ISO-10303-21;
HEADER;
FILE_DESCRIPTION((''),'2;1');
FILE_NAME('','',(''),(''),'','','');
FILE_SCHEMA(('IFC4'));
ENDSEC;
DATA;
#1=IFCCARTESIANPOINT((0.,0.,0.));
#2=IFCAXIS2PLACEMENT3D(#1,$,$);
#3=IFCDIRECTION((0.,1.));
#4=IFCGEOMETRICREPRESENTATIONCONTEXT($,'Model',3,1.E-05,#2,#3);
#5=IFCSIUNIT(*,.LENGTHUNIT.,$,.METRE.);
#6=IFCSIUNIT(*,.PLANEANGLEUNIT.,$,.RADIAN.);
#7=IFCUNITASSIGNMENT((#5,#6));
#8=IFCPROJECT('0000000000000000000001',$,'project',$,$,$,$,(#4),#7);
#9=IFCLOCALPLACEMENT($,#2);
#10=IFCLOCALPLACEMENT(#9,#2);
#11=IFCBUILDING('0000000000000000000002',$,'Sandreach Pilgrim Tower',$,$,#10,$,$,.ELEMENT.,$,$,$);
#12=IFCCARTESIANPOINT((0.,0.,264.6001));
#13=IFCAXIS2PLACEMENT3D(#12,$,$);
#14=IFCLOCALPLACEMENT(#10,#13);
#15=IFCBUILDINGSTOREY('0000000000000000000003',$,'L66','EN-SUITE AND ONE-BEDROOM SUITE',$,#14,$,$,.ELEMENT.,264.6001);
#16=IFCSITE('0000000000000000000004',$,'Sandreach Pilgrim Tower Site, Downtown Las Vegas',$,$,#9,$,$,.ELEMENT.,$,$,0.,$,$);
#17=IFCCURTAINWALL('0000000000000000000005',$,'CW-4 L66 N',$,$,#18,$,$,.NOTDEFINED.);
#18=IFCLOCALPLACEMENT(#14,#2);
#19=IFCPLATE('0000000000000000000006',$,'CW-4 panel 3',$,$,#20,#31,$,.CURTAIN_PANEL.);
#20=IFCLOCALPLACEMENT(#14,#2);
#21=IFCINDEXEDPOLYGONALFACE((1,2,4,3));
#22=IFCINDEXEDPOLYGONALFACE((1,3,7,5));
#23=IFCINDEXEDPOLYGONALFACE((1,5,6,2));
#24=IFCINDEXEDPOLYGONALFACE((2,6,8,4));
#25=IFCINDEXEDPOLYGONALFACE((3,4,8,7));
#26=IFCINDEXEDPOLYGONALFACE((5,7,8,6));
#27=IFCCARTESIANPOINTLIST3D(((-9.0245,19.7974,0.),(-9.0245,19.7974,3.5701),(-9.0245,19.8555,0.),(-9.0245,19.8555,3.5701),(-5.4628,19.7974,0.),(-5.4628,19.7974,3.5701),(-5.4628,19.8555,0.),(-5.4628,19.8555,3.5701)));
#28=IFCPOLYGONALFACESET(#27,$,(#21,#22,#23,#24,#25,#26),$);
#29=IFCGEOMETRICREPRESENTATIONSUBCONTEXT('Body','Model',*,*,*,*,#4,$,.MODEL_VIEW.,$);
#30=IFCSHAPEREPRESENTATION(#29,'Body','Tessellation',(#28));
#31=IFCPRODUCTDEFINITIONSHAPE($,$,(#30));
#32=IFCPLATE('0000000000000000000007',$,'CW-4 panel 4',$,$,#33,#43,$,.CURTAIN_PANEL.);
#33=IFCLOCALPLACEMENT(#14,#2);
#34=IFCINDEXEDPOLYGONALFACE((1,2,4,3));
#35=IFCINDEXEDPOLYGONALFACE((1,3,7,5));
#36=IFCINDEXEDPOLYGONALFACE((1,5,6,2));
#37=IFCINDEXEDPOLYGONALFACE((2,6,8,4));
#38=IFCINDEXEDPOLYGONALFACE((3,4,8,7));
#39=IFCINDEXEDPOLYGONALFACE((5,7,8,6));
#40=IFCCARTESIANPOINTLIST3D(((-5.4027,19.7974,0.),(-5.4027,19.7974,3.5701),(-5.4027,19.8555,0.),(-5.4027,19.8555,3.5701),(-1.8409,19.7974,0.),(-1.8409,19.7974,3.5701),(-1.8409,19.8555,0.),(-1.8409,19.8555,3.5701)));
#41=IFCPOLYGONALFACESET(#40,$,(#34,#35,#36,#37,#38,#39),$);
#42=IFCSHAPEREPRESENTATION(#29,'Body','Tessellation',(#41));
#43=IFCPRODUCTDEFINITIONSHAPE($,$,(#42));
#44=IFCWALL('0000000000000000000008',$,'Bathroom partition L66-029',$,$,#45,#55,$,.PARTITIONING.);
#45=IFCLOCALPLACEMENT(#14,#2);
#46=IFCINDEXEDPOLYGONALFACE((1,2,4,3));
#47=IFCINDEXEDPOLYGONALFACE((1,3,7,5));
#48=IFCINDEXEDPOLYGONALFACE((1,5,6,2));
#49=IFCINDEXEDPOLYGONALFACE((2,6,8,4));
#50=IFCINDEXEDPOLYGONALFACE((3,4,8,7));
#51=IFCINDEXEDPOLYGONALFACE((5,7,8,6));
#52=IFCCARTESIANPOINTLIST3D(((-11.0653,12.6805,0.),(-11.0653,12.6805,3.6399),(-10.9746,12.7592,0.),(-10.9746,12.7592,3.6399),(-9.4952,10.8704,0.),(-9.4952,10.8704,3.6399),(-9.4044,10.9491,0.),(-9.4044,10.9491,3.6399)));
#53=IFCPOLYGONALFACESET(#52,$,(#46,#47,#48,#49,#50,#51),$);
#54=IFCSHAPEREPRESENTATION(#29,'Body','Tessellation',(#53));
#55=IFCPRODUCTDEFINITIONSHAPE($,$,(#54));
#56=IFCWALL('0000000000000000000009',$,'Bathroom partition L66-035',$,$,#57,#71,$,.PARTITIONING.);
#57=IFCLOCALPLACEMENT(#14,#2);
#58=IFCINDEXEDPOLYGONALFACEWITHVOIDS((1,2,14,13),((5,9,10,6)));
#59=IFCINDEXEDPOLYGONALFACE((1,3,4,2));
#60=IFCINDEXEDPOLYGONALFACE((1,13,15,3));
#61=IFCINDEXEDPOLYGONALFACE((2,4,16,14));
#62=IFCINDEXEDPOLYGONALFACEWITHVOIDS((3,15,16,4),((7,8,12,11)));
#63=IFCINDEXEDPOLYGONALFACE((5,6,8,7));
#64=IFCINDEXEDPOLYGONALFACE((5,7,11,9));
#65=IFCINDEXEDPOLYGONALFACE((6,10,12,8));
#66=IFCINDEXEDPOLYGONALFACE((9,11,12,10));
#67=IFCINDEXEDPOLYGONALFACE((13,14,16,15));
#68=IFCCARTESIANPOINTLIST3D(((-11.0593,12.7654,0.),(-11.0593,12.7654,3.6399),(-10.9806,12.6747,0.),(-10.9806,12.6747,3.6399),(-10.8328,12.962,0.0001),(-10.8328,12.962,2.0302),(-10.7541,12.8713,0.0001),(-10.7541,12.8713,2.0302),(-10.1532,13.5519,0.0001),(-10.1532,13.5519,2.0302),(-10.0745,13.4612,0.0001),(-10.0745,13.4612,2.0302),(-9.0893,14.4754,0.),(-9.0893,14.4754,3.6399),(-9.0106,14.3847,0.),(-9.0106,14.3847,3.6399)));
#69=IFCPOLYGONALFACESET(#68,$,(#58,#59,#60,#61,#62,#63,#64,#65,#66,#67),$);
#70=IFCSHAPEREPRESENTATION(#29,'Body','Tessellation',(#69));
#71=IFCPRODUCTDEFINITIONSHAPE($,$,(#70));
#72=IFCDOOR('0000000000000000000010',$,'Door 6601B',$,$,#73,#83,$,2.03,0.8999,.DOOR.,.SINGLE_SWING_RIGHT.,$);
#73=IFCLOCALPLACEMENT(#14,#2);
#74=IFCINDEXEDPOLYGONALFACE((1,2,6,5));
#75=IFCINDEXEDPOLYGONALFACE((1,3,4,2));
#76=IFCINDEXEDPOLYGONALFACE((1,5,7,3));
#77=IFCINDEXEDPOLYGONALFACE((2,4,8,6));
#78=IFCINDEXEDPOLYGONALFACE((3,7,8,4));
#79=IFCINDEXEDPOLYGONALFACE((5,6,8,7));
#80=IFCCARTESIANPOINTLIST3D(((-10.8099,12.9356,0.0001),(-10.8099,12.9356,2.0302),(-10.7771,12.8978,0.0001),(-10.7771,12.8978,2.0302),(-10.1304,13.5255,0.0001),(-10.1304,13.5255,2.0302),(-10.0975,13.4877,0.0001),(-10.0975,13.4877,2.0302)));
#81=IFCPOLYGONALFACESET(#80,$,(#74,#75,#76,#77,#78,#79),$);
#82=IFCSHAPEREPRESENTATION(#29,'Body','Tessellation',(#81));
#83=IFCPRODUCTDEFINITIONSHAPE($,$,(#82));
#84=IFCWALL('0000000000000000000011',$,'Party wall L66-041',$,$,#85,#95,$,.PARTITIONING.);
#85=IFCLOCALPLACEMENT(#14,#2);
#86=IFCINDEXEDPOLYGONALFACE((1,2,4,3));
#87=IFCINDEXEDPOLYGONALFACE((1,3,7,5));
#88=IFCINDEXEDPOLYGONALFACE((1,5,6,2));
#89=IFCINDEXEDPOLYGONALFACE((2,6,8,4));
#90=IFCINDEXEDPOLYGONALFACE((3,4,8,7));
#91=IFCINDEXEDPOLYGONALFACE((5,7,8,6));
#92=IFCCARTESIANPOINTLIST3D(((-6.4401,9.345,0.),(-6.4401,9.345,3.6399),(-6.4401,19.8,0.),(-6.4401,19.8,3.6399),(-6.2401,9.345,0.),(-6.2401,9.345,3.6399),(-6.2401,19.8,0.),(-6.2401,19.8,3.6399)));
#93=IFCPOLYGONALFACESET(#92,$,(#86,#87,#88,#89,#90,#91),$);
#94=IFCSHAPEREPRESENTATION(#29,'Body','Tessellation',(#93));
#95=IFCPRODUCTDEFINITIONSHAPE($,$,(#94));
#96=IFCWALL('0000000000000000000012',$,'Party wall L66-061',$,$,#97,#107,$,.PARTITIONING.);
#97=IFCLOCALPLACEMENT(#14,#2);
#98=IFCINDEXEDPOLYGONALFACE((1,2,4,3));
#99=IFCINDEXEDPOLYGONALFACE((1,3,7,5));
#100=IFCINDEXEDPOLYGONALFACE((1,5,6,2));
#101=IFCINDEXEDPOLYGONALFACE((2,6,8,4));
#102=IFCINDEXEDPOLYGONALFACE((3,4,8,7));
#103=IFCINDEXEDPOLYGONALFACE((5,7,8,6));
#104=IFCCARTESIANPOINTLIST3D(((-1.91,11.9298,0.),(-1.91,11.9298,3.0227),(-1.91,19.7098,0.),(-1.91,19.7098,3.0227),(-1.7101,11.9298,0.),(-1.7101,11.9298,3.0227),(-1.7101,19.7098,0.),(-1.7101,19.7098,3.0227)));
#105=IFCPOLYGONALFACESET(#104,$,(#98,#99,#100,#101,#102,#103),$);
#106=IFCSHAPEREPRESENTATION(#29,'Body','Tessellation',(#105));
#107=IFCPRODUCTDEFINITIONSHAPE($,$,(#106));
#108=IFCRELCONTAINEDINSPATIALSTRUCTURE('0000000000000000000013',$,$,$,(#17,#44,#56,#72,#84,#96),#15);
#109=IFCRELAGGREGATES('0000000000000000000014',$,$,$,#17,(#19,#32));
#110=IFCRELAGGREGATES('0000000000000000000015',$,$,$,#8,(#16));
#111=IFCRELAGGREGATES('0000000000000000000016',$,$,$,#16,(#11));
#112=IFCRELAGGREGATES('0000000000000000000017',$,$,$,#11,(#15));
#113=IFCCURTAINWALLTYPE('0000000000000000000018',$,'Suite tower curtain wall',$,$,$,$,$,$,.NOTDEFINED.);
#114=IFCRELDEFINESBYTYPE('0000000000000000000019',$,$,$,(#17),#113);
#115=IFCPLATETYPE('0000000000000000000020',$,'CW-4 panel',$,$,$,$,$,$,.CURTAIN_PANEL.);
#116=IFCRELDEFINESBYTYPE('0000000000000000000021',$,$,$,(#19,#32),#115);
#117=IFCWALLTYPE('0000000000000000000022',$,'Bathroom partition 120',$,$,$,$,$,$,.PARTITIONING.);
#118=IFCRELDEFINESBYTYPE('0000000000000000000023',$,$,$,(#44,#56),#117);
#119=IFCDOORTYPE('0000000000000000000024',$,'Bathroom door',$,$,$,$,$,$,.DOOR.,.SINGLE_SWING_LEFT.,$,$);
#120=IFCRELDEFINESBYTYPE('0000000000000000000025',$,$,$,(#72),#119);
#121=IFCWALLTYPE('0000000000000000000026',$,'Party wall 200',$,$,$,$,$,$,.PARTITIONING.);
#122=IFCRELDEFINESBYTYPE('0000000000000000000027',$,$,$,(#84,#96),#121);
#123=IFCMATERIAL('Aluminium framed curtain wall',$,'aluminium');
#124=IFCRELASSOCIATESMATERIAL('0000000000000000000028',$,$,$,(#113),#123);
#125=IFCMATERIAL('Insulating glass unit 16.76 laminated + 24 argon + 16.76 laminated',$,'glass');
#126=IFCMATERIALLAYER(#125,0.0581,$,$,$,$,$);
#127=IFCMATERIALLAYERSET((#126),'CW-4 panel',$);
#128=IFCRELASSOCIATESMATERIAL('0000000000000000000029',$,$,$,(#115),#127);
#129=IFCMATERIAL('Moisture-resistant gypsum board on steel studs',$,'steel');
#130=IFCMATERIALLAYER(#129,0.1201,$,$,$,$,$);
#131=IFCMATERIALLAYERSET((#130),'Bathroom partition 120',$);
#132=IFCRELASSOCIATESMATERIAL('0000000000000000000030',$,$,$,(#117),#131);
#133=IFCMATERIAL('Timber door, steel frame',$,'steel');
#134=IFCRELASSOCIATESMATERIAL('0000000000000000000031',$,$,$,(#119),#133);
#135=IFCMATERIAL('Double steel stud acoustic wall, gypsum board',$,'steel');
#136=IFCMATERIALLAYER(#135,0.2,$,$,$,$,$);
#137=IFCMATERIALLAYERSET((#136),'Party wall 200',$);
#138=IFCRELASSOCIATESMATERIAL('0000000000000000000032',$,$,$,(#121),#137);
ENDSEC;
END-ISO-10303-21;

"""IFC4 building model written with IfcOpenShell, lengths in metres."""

from ifc_helpers import new_model, si_unit, direction, frame, frame_2d, origin, origin_2d, place, context, subcontext, project, spatial, rectangle, extrude, material, layer, layer_set, type_object, element, fill, aggregate, save


model = new_model("IFC4")

# Units and contexts
model_context = context("Model", 3, precision=1e-05, world=origin(), true_north=direction((0.0, 1.0)))
body_context = subcontext(model_context, "Body", "Model", "MODEL_VIEW")
ifc_project = project(units=[si_unit("LENGTHUNIT", "METRE"), si_unit("PLANEANGLEUNIT", "RADIAN")], contexts=[model_context])

# Site, building, storey
site_placement = place(None, origin())
site = spatial("IfcSite", under=ifc_project, at=site_placement, Name="Sandreach Pilgrim Tower Site, Downtown Las Vegas", CompositionType="ELEMENT", RefElevation=0.0)
building_placement = place(site_placement, origin())
building = spatial("IfcBuilding", under=site, at=building_placement, Name="Sandreach Pilgrim Tower", CompositionType="ELEMENT")
storey_placement = place(building_placement, frame((0.0, 0.0, 264.6001)))
storey = spatial("IfcBuildingStorey", under=building, at=storey_placement, Name="L66", Description="EN-SUITE AND ONE-BEDROOM SUITE", CompositionType="ELEMENT", Elevation=264.6001)

# Curtain wall
ifc_material_1 = material(Name="Aluminium framed curtain wall", Category="aluminium")
curtain_wall_type = type_object("IfcCurtainWallType", Name="Suite tower curtain wall", PredefinedType="NOTDEFINED", material=ifc_material_1)
curtain_wall_placement = place(storey_placement, origin())
curtain_wall = element("IfcCurtainWall", 1, at=curtain_wall_placement, inside=storey, type_object=curtain_wall_type, Name="CW-4 L66 N", PredefinedType="NOTDEFINED")

# Plates
ifc_material_2 = material(Name="Insulating glass unit 16.76 laminated + 24 argon + 16.76 laminated", Category="glass")
ifc_layer_1 = layer(ifc_material_2, 0.0581)
ifc_layer_set_1 = layer_set([ifc_layer_1], Name="CW-4 panel")
plate_type = type_object("IfcPlateType", Name="CW-4 panel", PredefinedType="CURTAIN_PANEL", material=ifc_layer_set_1)
plate_1_placement = place(storey_placement, frame((-7.2437, 19.8264, 0.0), z_axis=(0.0, 0.0, 1.0), x_axis=(1.0, 0.0, 0.0)))
plate_1 = element("IfcPlate", 2, at=plate_1_placement, type_object=plate_type, Name="CW-4 panel 3", PredefinedType="CURTAIN_PANEL", context=body_context, shape_type="SweptSolid", body=[
    extrude(rectangle(XDim=3.5618, YDim=0.0581, at=origin_2d()), origin(), (0.0, 0.0, 1.0), 3.5701),
])
plate_2_placement = place(storey_placement, frame((-3.6218, 19.8264, 0.0), z_axis=(0.0, 0.0, 1.0), x_axis=(1.0, 0.0, 0.0)))
plate_2 = element("IfcPlate", 3, at=plate_2_placement, type_object=plate_type, Name="CW-4 panel 4", PredefinedType="CURTAIN_PANEL", context=body_context, shape_type="SweptSolid", body=[
    extrude(rectangle(XDim=3.5618, YDim=0.0581, at=origin_2d()), origin(), (0.0, 0.0, 1.0), 3.5701),
])
aggregate(curtain_wall, [plate_1, plate_2])

# Wall
ifc_material_3 = material(Name="Moisture-resistant gypsum board on steel studs", Category="steel")
ifc_layer_2 = layer(ifc_material_3, 0.1201)
ifc_layer_set_2 = layer_set([ifc_layer_2], Name="Bathroom partition 120")
wall_type_1 = type_object("IfcWallType", Name="Bathroom partition 120", PredefinedType="PARTITIONING", material=ifc_layer_set_2)
wall_1_placement = place(storey_placement, frame((-11.02, 12.72, 0.0), z_axis=(0.0, 0.0, 1.0), x_axis=(0.655252, -0.75541, 0.0)))
element("IfcWall", 4, at=wall_1_placement, inside=storey, type_object=wall_type_1, Name="Bathroom partition L66-029", PredefinedType="PARTITIONING", context=body_context, shape_type="SweptSolid", body=[
    extrude(rectangle(XDim=2.3962, YDim=0.1201, at=frame_2d((1.1982, 0.0))), origin(), (0.0, 0.0, 1.0), 3.6399),
])

# Wall, opening, door
wall_2_placement = place(storey_placement, frame((-9.05, 14.4299, 0.0), z_axis=(0.0, 0.0, 1.0), x_axis=(-0.755186, -0.655511, 0.0)))
wall_2 = element("IfcWall", 5, at=wall_2_placement, inside=storey, type_object=wall_type_1, Name="Bathroom partition L66-035", PredefinedType="PARTITIONING", context=body_context, shape_type="SweptSolid", body=[
    extrude(rectangle(XDim=2.6086, YDim=0.1201, at=frame_2d((1.3042, 0.0))), origin(), (0.0, 0.0, 1.0), 3.6399),
])
opening_placement = place(wall_2_placement, frame((1.4087, 0.0, 0.0)))
opening = element("IfcOpeningElement", 6, at=opening_placement, cuts=wall_2, PredefinedType="OPENING", context=body_context, shape_type="SweptSolid", body=[
    extrude(rectangle(XDim=0.8999, YDim=2.03, at=frame_2d((0.45, 1.0151))), frame((0.0, 0.0601, 0.0), z_axis=(0.0, -1.0, 0.0), x_axis=(1.0, 0.0, 0.0)), (0.0, 0.0, 1.0), 0.1201),
])
ifc_material_4 = material(Name="Timber door, steel frame", Category="steel")
door_type = type_object("IfcDoorType", Name="Bathroom door", OperationType="SINGLE_SWING_LEFT", PredefinedType="DOOR", material=ifc_material_4)
door_placement = place(opening_placement, origin())
door = element("IfcDoor", 7, at=door_placement, inside=storey, type_object=door_type, Name="Door 6601B", OperationType="SINGLE_SWING_RIGHT", OverallHeight=2.03, OverallWidth=0.8999, PredefinedType="DOOR", context=body_context, shape_type="SweptSolid", body=[
    extrude(rectangle(XDim=0.8999, YDim=2.03, at=frame_2d((0.45, 1.0151))), frame((0.0, 0.0249, 0.0), z_axis=(0.0, -1.0, 0.0), x_axis=(1.0, 0.0, 0.0)), (0.0, 0.0, 1.0), 0.05),
])
fill(opening, door)

# Walls
ifc_material_5 = material(Name="Double steel stud acoustic wall, gypsum board", Category="steel")
ifc_layer_3 = layer(ifc_material_5, 0.2)
ifc_layer_set_3 = layer_set([ifc_layer_3], Name="Party wall 200")
wall_type_2 = type_object("IfcWallType", Name="Party wall 200", PredefinedType="PARTITIONING", material=ifc_layer_set_3)
wall_3_placement = place(storey_placement, frame((-6.3401, 19.8, 0.0), z_axis=(0.0, 0.0, 1.0), x_axis=(0.0, -1.0, 0.0)))
element("IfcWall", 8, at=wall_3_placement, inside=storey, type_object=wall_type_2, Name="Party wall L66-041", PredefinedType="PARTITIONING", context=body_context, shape_type="SweptSolid", body=[
    extrude(rectangle(XDim=10.4551, YDim=0.2, at=frame_2d((5.2275, 0.0))), origin(), (0.0, 0.0, 1.0), 3.6399),
])
wall_4_placement = place(storey_placement, frame((-1.8101, 19.71, 0.0), z_axis=(0.0, 0.0, 1.0), x_axis=(0.0, -1.0, 0.0)))
element("IfcWall", 9, at=wall_4_placement, inside=storey, type_object=wall_type_2, Name="Party wall L66-061", PredefinedType="PARTITIONING", context=body_context, shape_type="SweptSolid", body=[
    extrude(rectangle(XDim=7.78, YDim=0.2, at=frame_2d((3.8901, 0.0))), origin(), (0.0, 0.0, 1.0), 3.0227),
])

save(model, "model.ifc")
